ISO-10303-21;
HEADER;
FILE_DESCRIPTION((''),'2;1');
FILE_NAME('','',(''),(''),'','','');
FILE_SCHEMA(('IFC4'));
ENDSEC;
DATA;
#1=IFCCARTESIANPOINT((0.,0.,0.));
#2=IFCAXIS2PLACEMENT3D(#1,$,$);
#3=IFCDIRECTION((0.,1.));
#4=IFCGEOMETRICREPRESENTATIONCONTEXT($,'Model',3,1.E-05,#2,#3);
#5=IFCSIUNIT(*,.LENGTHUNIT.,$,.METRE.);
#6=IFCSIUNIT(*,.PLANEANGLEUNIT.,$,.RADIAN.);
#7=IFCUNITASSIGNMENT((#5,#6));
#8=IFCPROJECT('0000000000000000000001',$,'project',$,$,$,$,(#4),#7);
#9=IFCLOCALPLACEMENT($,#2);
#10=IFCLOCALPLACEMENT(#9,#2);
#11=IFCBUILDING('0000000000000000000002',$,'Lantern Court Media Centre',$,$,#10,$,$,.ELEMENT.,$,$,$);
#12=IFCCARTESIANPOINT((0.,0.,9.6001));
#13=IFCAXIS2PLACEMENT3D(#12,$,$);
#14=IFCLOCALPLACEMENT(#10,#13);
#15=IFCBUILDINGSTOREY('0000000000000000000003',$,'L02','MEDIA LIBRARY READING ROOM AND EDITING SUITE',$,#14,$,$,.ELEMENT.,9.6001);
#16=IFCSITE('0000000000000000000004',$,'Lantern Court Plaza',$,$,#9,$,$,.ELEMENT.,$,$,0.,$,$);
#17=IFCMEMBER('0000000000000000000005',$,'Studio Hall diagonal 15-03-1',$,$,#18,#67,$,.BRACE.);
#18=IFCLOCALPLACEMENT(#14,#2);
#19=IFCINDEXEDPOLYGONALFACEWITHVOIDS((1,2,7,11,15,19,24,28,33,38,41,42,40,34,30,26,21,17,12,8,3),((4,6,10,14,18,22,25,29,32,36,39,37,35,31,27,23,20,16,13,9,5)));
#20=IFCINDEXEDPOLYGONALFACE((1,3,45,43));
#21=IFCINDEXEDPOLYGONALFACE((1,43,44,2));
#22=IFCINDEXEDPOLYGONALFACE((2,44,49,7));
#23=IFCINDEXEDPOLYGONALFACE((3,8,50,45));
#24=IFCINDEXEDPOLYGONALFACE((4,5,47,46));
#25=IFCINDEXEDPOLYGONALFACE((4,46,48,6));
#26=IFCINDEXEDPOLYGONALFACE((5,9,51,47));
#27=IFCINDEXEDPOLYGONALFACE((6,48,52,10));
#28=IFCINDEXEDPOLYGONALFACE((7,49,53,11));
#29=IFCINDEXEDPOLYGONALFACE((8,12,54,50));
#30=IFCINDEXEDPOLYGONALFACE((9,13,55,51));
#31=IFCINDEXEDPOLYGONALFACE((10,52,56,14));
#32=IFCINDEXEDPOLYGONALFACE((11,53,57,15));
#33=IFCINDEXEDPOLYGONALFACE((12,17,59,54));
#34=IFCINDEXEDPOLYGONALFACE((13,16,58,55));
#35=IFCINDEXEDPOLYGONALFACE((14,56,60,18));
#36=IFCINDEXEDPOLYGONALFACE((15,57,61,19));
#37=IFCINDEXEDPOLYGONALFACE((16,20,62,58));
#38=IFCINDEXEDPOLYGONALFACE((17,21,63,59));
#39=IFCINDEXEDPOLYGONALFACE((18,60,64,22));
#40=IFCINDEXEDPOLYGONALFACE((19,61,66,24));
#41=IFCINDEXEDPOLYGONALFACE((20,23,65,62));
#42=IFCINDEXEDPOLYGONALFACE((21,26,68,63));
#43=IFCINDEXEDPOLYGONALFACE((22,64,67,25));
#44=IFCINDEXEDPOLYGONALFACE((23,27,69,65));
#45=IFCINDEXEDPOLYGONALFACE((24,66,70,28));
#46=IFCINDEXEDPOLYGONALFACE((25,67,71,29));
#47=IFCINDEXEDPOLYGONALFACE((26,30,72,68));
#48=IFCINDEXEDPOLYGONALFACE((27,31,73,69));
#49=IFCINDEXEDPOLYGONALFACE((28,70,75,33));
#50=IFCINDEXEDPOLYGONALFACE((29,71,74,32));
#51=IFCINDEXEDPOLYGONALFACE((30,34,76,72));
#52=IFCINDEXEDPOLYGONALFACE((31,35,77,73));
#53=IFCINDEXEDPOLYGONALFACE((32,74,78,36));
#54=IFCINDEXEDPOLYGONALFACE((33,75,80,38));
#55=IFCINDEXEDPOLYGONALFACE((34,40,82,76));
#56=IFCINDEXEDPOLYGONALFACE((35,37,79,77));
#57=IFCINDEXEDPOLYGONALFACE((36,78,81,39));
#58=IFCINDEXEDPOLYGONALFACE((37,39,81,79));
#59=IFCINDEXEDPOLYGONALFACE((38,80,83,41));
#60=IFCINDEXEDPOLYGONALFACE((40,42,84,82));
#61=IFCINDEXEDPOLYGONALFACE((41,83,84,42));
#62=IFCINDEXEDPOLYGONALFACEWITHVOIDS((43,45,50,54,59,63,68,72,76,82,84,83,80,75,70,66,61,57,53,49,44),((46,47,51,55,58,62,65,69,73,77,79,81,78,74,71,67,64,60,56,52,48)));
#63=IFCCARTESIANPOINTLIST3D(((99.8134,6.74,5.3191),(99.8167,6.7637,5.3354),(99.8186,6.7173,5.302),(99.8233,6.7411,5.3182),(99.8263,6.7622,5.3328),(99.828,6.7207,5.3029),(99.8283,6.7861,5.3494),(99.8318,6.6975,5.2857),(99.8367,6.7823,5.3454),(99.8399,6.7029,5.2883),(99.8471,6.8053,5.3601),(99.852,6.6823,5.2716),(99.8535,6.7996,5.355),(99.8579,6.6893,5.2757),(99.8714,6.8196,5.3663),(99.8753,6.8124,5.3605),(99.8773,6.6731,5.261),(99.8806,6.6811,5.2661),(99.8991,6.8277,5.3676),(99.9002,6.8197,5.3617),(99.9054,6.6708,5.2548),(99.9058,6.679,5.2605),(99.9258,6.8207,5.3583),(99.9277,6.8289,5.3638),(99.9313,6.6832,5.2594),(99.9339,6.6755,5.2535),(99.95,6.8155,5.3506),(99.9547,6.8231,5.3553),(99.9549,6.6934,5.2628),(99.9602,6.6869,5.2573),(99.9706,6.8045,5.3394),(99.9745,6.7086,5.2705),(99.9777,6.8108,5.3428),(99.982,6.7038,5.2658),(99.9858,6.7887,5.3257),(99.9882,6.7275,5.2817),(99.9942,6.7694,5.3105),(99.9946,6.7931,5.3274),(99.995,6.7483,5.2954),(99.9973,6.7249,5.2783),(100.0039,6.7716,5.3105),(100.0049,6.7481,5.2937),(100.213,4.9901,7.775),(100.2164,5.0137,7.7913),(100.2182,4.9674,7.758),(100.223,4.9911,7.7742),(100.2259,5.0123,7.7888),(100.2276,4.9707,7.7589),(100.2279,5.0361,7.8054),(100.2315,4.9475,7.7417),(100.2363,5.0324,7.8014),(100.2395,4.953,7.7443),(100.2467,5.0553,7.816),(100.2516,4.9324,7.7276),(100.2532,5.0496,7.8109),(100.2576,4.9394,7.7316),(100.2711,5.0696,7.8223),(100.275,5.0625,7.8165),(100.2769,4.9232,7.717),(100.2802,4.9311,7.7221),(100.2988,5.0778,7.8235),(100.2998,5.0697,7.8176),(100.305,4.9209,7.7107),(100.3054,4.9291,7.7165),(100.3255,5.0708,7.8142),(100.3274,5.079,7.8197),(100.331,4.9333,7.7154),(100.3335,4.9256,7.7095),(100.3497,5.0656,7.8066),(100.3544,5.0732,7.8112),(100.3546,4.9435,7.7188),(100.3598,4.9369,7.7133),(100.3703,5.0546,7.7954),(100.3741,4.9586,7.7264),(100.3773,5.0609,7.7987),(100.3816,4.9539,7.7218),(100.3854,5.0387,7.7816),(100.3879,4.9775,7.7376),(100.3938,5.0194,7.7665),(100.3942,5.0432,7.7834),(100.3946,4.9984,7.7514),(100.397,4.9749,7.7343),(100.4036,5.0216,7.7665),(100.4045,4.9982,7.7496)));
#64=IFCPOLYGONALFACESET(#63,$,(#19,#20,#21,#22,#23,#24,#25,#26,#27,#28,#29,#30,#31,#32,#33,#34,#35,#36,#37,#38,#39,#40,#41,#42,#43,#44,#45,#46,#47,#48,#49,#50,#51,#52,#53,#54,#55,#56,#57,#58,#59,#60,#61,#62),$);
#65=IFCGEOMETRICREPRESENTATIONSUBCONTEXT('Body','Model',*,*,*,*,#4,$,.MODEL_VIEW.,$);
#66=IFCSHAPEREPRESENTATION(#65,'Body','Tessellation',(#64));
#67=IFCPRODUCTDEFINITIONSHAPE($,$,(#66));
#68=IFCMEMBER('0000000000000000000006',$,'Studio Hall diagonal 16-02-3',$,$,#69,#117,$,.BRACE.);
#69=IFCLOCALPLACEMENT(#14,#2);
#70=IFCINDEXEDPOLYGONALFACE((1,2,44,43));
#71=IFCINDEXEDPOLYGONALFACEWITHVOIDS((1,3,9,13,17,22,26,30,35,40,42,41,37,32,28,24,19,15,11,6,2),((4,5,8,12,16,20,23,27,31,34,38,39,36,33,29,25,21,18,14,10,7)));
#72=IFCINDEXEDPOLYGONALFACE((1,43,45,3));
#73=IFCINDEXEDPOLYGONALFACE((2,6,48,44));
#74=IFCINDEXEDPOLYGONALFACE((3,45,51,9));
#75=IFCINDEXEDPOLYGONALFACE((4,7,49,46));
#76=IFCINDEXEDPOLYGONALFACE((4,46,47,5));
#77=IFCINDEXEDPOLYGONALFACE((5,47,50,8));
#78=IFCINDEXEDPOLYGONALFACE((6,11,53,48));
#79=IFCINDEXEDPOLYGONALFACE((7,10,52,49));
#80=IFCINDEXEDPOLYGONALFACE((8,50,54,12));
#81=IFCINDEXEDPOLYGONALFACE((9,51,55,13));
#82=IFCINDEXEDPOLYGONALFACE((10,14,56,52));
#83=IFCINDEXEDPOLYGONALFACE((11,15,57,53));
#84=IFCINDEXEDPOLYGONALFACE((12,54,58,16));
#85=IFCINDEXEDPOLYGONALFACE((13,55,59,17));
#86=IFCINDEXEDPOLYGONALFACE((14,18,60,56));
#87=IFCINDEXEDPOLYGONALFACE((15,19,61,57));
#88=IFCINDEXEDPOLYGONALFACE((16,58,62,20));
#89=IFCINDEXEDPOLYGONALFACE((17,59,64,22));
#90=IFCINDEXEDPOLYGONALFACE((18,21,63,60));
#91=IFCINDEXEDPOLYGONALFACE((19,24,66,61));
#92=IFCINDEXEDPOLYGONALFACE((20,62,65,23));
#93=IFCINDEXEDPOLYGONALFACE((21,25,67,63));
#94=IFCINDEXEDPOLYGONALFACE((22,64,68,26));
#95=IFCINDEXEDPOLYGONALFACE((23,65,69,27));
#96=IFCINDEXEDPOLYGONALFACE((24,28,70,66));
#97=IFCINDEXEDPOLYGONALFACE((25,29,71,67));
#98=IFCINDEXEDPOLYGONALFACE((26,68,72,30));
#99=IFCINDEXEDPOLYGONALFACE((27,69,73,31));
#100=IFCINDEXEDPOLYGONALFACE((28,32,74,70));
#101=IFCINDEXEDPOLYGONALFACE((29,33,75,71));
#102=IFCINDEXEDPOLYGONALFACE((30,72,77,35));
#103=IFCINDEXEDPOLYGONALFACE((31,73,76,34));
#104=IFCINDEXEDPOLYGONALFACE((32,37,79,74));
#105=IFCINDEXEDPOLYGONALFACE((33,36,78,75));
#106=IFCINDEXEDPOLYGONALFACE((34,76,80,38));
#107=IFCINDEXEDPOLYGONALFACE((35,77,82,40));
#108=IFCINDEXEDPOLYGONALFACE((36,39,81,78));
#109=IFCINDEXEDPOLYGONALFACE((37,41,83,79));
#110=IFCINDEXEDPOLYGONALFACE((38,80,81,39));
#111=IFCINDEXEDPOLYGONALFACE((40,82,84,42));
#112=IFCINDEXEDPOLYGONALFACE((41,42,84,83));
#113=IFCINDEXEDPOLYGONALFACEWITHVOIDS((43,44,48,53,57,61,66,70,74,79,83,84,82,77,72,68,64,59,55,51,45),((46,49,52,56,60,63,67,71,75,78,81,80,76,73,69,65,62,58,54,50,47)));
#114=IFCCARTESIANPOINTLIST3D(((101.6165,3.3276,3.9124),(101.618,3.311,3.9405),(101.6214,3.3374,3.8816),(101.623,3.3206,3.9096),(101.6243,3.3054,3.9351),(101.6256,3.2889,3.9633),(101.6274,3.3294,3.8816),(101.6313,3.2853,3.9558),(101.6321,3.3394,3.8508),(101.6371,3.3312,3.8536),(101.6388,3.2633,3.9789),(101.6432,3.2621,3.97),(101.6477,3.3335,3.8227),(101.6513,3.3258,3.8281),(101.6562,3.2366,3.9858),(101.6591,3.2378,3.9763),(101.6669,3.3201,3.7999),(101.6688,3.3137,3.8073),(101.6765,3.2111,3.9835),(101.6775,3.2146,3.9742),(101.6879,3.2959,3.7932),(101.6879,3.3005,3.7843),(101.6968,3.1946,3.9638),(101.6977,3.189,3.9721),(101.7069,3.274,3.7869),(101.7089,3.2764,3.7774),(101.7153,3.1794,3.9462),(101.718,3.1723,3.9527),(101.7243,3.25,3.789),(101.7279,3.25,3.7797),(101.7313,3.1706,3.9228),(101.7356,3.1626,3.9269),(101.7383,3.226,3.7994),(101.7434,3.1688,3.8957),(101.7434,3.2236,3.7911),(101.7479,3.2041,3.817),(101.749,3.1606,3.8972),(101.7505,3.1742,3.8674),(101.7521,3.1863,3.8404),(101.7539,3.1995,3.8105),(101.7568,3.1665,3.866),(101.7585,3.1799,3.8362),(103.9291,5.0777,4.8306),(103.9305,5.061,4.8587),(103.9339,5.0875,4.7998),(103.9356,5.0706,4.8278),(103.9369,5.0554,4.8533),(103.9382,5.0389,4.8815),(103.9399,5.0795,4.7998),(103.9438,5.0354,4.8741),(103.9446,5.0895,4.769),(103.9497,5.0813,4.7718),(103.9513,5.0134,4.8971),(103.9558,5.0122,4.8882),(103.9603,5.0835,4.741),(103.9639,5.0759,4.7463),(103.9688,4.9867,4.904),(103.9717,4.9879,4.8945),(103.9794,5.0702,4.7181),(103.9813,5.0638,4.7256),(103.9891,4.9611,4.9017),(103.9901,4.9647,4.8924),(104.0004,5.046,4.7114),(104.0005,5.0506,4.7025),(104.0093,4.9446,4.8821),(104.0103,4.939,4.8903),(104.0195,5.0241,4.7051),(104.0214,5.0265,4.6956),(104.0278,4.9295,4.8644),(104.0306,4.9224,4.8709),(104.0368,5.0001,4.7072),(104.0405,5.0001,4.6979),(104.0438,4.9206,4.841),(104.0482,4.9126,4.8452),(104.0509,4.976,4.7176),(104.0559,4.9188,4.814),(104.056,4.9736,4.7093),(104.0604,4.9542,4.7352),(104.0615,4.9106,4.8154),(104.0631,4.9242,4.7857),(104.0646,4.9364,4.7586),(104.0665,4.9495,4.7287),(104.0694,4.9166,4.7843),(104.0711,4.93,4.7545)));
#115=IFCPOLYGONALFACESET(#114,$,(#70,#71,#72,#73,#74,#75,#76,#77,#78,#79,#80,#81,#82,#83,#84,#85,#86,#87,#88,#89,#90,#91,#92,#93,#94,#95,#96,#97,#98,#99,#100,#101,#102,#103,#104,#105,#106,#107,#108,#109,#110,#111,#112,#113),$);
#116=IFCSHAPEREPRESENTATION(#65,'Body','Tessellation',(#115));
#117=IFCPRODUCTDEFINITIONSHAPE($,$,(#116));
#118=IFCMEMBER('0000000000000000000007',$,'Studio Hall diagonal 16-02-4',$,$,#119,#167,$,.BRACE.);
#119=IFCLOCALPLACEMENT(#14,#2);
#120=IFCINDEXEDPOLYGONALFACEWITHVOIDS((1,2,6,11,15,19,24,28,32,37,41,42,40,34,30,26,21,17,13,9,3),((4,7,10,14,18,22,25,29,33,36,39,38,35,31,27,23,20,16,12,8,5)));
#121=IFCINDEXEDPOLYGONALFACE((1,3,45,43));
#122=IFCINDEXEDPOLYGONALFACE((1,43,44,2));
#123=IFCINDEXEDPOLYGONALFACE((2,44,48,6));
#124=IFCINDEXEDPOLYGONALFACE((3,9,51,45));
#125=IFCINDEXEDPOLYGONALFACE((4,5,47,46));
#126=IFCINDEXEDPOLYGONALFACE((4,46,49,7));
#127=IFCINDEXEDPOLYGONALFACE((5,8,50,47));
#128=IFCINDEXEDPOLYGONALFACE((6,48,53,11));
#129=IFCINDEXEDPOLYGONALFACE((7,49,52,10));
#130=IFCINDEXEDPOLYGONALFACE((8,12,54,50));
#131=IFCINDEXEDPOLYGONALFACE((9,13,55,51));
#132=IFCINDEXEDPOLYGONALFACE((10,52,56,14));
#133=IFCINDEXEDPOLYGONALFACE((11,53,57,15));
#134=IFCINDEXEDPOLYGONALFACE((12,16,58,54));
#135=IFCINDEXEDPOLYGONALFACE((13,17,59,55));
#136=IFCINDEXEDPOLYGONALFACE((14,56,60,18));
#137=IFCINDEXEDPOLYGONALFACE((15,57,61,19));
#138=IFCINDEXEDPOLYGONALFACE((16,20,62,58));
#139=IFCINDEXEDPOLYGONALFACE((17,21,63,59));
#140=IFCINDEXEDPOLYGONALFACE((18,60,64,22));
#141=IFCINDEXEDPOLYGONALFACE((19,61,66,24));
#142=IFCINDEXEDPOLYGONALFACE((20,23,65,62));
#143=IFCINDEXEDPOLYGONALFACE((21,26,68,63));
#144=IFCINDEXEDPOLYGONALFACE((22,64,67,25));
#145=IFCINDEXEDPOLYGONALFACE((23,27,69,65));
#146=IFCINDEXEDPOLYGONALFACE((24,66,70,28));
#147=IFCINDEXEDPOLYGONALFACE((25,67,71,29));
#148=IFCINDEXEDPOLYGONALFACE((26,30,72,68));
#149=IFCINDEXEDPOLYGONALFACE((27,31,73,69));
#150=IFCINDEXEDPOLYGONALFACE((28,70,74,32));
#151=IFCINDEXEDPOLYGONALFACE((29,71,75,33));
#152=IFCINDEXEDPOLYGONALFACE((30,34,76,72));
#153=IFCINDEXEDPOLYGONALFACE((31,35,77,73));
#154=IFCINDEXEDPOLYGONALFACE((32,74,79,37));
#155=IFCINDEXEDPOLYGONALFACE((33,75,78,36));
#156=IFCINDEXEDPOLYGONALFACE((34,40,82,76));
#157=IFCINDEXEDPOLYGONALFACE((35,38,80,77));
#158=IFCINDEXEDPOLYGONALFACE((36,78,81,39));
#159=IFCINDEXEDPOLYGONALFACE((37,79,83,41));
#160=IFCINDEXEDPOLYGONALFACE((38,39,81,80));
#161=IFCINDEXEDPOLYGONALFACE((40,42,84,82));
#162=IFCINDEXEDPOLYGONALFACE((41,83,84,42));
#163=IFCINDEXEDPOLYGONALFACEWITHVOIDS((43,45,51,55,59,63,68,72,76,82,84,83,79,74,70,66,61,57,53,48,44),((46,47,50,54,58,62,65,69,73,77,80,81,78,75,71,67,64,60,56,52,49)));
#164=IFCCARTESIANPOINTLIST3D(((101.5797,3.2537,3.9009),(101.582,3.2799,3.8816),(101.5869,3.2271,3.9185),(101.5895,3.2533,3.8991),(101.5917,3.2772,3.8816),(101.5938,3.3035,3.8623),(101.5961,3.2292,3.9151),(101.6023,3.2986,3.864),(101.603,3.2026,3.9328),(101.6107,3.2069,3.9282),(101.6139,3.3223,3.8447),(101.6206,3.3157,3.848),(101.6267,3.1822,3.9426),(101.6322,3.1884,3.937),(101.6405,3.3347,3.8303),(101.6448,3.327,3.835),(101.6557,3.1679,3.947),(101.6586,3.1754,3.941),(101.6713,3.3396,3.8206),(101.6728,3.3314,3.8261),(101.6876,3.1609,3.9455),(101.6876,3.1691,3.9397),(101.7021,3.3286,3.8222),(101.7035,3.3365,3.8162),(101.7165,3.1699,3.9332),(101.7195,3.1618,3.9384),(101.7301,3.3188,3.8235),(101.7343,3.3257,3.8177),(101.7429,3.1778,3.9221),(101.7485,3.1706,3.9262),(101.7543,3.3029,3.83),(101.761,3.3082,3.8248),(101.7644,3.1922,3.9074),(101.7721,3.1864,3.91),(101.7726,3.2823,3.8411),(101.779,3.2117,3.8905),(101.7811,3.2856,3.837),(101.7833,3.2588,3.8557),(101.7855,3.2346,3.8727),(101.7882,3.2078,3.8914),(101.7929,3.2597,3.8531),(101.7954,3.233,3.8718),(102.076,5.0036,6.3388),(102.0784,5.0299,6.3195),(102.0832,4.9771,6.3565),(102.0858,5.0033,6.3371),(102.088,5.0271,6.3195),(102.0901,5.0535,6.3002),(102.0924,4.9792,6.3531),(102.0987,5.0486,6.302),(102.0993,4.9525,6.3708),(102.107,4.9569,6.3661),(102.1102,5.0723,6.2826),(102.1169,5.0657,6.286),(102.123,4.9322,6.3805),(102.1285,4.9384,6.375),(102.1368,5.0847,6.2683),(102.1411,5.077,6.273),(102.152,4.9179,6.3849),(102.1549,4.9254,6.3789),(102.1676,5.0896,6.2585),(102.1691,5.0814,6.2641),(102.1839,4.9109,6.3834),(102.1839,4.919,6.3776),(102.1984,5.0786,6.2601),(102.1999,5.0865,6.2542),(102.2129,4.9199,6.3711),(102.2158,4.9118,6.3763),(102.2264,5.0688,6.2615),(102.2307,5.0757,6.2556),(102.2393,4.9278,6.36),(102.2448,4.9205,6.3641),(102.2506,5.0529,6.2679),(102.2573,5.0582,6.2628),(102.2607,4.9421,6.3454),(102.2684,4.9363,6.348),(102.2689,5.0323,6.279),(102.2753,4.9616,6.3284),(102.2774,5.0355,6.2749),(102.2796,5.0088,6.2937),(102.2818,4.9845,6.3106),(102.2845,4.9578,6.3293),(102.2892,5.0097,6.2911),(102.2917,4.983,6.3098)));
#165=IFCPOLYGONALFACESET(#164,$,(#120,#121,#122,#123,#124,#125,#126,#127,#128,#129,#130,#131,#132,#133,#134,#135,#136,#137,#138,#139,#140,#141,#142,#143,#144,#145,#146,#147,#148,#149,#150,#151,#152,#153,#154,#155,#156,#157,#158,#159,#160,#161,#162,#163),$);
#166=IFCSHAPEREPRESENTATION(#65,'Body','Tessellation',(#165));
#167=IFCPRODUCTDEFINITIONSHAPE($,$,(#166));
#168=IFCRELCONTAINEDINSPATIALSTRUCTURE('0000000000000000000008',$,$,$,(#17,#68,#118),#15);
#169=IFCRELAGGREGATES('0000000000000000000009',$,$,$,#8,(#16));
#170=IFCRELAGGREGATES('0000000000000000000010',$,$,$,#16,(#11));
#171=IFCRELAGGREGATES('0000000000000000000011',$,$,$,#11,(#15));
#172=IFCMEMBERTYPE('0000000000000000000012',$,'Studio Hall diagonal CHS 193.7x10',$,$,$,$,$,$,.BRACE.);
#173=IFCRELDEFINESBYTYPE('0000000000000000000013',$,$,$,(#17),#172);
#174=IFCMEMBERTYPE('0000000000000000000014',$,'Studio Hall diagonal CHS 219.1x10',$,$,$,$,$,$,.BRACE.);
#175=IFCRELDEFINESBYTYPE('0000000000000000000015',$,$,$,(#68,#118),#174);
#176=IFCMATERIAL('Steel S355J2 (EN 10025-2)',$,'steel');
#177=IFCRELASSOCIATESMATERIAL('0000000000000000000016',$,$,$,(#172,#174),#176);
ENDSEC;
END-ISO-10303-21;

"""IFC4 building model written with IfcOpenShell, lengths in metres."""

from ifc_helpers import new_model, si_unit, direction, frame, origin, origin_2d, place, context, subcontext, project, spatial, hollow_circle, extrude, material, material_profile, profile_set, type_object, element, save


model = new_model("IFC4")

# Units and contexts
model_context = context("Model", 3, precision=1e-05, world=origin(), true_north=direction((0.0, 1.0)))
body_context = subcontext(model_context, "Body", "Model", "MODEL_VIEW")
ifc_project = project(units=[si_unit("LENGTHUNIT", "METRE"), si_unit("PLANEANGLEUNIT", "RADIAN")], contexts=[model_context])

# Site, building, storey
site_placement = place(None, origin())
site = spatial("IfcSite", under=ifc_project, at=site_placement, Name="Lantern Court Plaza", CompositionType="ELEMENT", RefElevation=0.0)
building_placement = place(site_placement, origin())
building = spatial("IfcBuilding", under=site, at=building_placement, Name="Lantern Court Media Centre", CompositionType="ELEMENT")
storey_placement = place(building_placement, frame((0.0, 0.0, 9.6001)))
storey = spatial("IfcBuildingStorey", under=building, at=storey_placement, Name="L02", Description="MEDIA LIBRARY READING ROOM AND EDITING SUITE", CompositionType="ELEMENT", Elevation=9.6001)

# Shared definitions
ifc_material_1 = material(Name="Steel S355J2 (EN 10025-2)", Category="steel")

# Members
ifc_material_profile_1 = material_profile(ifc_material_1, hollow_circle(Radius=0.0969, WallThickness=0.01, at=origin_2d()), Name="Studio Hall diagonal CHS 193.7x10")
ifc_profile_set_1 = profile_set([ifc_material_profile_1], Name="Steel S355J2 (EN 10025-2)")
member_type_1 = type_object("IfcMemberType", Name="Studio Hall diagonal CHS 193.7x10", PredefinedType="BRACE", material=ifc_profile_set_1)
member_1_placement = place(storey_placement, frame((99.9094, 6.75, 5.3105), z_axis=(0.131375, -0.575259, 0.807352), x_axis=(0.9749, 0.222644, 0.0)))
element("IfcMember", 1, at=member_1_placement, inside=storey, type_object=member_type_1, Name="Studio Hall diagonal 15-03-1", PredefinedType="BRACE", context=body_context, shape_type="SweptSolid", body=[
    extrude(hollow_circle(Radius=0.0969, WallThickness=0.01, at=origin_2d()), origin(), (0.0, 0.0, 1.0), 3.042),
])
ifc_material_profile_2 = material_profile(ifc_material_1, hollow_circle(Radius=0.1096, WallThickness=0.01, at=origin_2d()), Name="Studio Hall diagonal CHS 219.1x10")
ifc_profile_set_2 = profile_set([ifc_material_profile_2], Name="Steel S355J2 (EN 10025-2)")
member_type_2 = type_object("IfcMemberType", Name="Studio Hall diagonal CHS 219.1x10", PredefinedType="BRACE", material=ifc_profile_set_2)
member_2_placement = place(storey_placement, frame((101.6875, 3.25, 3.8816), z_axis=(0.760211, 0.575295, 0.301853), x_axis=(-0.603443, 0.797406, 0.0)))
element("IfcMember", 2, at=member_2_placement, inside=storey, type_object=member_type_2, Name="Studio Hall diagonal 16-02-3", PredefinedType="BRACE", context=body_context, shape_type="SweptSolid", body=[
    extrude(hollow_circle(Radius=0.1096, WallThickness=0.01, at=origin_2d()), origin(), (0.0, 0.0, 1.0), 3.042),
])
for number, where, z_axis, x_axis, name in (
    (3, (101.6875, 3.25, 3.8816), (0.163172, 0.575314, 0.801491), (-0.962054, 0.272859, 0.0), "Studio Hall diagonal 16-02-4"),
):
    element("IfcMember", number, at=place(storey_placement, frame(where, z_axis=z_axis, x_axis=x_axis)), inside=storey, type_object=member_type_2, Name=name, PredefinedType="BRACE", context=body_context, shape_type="SweptSolid", body=[
        extrude(hollow_circle(Radius=0.1096, WallThickness=0.01, at=origin_2d()), origin(), (0.0, 0.0, 1.0), 3.0417),
    ])

save(model, "model.ifc")
